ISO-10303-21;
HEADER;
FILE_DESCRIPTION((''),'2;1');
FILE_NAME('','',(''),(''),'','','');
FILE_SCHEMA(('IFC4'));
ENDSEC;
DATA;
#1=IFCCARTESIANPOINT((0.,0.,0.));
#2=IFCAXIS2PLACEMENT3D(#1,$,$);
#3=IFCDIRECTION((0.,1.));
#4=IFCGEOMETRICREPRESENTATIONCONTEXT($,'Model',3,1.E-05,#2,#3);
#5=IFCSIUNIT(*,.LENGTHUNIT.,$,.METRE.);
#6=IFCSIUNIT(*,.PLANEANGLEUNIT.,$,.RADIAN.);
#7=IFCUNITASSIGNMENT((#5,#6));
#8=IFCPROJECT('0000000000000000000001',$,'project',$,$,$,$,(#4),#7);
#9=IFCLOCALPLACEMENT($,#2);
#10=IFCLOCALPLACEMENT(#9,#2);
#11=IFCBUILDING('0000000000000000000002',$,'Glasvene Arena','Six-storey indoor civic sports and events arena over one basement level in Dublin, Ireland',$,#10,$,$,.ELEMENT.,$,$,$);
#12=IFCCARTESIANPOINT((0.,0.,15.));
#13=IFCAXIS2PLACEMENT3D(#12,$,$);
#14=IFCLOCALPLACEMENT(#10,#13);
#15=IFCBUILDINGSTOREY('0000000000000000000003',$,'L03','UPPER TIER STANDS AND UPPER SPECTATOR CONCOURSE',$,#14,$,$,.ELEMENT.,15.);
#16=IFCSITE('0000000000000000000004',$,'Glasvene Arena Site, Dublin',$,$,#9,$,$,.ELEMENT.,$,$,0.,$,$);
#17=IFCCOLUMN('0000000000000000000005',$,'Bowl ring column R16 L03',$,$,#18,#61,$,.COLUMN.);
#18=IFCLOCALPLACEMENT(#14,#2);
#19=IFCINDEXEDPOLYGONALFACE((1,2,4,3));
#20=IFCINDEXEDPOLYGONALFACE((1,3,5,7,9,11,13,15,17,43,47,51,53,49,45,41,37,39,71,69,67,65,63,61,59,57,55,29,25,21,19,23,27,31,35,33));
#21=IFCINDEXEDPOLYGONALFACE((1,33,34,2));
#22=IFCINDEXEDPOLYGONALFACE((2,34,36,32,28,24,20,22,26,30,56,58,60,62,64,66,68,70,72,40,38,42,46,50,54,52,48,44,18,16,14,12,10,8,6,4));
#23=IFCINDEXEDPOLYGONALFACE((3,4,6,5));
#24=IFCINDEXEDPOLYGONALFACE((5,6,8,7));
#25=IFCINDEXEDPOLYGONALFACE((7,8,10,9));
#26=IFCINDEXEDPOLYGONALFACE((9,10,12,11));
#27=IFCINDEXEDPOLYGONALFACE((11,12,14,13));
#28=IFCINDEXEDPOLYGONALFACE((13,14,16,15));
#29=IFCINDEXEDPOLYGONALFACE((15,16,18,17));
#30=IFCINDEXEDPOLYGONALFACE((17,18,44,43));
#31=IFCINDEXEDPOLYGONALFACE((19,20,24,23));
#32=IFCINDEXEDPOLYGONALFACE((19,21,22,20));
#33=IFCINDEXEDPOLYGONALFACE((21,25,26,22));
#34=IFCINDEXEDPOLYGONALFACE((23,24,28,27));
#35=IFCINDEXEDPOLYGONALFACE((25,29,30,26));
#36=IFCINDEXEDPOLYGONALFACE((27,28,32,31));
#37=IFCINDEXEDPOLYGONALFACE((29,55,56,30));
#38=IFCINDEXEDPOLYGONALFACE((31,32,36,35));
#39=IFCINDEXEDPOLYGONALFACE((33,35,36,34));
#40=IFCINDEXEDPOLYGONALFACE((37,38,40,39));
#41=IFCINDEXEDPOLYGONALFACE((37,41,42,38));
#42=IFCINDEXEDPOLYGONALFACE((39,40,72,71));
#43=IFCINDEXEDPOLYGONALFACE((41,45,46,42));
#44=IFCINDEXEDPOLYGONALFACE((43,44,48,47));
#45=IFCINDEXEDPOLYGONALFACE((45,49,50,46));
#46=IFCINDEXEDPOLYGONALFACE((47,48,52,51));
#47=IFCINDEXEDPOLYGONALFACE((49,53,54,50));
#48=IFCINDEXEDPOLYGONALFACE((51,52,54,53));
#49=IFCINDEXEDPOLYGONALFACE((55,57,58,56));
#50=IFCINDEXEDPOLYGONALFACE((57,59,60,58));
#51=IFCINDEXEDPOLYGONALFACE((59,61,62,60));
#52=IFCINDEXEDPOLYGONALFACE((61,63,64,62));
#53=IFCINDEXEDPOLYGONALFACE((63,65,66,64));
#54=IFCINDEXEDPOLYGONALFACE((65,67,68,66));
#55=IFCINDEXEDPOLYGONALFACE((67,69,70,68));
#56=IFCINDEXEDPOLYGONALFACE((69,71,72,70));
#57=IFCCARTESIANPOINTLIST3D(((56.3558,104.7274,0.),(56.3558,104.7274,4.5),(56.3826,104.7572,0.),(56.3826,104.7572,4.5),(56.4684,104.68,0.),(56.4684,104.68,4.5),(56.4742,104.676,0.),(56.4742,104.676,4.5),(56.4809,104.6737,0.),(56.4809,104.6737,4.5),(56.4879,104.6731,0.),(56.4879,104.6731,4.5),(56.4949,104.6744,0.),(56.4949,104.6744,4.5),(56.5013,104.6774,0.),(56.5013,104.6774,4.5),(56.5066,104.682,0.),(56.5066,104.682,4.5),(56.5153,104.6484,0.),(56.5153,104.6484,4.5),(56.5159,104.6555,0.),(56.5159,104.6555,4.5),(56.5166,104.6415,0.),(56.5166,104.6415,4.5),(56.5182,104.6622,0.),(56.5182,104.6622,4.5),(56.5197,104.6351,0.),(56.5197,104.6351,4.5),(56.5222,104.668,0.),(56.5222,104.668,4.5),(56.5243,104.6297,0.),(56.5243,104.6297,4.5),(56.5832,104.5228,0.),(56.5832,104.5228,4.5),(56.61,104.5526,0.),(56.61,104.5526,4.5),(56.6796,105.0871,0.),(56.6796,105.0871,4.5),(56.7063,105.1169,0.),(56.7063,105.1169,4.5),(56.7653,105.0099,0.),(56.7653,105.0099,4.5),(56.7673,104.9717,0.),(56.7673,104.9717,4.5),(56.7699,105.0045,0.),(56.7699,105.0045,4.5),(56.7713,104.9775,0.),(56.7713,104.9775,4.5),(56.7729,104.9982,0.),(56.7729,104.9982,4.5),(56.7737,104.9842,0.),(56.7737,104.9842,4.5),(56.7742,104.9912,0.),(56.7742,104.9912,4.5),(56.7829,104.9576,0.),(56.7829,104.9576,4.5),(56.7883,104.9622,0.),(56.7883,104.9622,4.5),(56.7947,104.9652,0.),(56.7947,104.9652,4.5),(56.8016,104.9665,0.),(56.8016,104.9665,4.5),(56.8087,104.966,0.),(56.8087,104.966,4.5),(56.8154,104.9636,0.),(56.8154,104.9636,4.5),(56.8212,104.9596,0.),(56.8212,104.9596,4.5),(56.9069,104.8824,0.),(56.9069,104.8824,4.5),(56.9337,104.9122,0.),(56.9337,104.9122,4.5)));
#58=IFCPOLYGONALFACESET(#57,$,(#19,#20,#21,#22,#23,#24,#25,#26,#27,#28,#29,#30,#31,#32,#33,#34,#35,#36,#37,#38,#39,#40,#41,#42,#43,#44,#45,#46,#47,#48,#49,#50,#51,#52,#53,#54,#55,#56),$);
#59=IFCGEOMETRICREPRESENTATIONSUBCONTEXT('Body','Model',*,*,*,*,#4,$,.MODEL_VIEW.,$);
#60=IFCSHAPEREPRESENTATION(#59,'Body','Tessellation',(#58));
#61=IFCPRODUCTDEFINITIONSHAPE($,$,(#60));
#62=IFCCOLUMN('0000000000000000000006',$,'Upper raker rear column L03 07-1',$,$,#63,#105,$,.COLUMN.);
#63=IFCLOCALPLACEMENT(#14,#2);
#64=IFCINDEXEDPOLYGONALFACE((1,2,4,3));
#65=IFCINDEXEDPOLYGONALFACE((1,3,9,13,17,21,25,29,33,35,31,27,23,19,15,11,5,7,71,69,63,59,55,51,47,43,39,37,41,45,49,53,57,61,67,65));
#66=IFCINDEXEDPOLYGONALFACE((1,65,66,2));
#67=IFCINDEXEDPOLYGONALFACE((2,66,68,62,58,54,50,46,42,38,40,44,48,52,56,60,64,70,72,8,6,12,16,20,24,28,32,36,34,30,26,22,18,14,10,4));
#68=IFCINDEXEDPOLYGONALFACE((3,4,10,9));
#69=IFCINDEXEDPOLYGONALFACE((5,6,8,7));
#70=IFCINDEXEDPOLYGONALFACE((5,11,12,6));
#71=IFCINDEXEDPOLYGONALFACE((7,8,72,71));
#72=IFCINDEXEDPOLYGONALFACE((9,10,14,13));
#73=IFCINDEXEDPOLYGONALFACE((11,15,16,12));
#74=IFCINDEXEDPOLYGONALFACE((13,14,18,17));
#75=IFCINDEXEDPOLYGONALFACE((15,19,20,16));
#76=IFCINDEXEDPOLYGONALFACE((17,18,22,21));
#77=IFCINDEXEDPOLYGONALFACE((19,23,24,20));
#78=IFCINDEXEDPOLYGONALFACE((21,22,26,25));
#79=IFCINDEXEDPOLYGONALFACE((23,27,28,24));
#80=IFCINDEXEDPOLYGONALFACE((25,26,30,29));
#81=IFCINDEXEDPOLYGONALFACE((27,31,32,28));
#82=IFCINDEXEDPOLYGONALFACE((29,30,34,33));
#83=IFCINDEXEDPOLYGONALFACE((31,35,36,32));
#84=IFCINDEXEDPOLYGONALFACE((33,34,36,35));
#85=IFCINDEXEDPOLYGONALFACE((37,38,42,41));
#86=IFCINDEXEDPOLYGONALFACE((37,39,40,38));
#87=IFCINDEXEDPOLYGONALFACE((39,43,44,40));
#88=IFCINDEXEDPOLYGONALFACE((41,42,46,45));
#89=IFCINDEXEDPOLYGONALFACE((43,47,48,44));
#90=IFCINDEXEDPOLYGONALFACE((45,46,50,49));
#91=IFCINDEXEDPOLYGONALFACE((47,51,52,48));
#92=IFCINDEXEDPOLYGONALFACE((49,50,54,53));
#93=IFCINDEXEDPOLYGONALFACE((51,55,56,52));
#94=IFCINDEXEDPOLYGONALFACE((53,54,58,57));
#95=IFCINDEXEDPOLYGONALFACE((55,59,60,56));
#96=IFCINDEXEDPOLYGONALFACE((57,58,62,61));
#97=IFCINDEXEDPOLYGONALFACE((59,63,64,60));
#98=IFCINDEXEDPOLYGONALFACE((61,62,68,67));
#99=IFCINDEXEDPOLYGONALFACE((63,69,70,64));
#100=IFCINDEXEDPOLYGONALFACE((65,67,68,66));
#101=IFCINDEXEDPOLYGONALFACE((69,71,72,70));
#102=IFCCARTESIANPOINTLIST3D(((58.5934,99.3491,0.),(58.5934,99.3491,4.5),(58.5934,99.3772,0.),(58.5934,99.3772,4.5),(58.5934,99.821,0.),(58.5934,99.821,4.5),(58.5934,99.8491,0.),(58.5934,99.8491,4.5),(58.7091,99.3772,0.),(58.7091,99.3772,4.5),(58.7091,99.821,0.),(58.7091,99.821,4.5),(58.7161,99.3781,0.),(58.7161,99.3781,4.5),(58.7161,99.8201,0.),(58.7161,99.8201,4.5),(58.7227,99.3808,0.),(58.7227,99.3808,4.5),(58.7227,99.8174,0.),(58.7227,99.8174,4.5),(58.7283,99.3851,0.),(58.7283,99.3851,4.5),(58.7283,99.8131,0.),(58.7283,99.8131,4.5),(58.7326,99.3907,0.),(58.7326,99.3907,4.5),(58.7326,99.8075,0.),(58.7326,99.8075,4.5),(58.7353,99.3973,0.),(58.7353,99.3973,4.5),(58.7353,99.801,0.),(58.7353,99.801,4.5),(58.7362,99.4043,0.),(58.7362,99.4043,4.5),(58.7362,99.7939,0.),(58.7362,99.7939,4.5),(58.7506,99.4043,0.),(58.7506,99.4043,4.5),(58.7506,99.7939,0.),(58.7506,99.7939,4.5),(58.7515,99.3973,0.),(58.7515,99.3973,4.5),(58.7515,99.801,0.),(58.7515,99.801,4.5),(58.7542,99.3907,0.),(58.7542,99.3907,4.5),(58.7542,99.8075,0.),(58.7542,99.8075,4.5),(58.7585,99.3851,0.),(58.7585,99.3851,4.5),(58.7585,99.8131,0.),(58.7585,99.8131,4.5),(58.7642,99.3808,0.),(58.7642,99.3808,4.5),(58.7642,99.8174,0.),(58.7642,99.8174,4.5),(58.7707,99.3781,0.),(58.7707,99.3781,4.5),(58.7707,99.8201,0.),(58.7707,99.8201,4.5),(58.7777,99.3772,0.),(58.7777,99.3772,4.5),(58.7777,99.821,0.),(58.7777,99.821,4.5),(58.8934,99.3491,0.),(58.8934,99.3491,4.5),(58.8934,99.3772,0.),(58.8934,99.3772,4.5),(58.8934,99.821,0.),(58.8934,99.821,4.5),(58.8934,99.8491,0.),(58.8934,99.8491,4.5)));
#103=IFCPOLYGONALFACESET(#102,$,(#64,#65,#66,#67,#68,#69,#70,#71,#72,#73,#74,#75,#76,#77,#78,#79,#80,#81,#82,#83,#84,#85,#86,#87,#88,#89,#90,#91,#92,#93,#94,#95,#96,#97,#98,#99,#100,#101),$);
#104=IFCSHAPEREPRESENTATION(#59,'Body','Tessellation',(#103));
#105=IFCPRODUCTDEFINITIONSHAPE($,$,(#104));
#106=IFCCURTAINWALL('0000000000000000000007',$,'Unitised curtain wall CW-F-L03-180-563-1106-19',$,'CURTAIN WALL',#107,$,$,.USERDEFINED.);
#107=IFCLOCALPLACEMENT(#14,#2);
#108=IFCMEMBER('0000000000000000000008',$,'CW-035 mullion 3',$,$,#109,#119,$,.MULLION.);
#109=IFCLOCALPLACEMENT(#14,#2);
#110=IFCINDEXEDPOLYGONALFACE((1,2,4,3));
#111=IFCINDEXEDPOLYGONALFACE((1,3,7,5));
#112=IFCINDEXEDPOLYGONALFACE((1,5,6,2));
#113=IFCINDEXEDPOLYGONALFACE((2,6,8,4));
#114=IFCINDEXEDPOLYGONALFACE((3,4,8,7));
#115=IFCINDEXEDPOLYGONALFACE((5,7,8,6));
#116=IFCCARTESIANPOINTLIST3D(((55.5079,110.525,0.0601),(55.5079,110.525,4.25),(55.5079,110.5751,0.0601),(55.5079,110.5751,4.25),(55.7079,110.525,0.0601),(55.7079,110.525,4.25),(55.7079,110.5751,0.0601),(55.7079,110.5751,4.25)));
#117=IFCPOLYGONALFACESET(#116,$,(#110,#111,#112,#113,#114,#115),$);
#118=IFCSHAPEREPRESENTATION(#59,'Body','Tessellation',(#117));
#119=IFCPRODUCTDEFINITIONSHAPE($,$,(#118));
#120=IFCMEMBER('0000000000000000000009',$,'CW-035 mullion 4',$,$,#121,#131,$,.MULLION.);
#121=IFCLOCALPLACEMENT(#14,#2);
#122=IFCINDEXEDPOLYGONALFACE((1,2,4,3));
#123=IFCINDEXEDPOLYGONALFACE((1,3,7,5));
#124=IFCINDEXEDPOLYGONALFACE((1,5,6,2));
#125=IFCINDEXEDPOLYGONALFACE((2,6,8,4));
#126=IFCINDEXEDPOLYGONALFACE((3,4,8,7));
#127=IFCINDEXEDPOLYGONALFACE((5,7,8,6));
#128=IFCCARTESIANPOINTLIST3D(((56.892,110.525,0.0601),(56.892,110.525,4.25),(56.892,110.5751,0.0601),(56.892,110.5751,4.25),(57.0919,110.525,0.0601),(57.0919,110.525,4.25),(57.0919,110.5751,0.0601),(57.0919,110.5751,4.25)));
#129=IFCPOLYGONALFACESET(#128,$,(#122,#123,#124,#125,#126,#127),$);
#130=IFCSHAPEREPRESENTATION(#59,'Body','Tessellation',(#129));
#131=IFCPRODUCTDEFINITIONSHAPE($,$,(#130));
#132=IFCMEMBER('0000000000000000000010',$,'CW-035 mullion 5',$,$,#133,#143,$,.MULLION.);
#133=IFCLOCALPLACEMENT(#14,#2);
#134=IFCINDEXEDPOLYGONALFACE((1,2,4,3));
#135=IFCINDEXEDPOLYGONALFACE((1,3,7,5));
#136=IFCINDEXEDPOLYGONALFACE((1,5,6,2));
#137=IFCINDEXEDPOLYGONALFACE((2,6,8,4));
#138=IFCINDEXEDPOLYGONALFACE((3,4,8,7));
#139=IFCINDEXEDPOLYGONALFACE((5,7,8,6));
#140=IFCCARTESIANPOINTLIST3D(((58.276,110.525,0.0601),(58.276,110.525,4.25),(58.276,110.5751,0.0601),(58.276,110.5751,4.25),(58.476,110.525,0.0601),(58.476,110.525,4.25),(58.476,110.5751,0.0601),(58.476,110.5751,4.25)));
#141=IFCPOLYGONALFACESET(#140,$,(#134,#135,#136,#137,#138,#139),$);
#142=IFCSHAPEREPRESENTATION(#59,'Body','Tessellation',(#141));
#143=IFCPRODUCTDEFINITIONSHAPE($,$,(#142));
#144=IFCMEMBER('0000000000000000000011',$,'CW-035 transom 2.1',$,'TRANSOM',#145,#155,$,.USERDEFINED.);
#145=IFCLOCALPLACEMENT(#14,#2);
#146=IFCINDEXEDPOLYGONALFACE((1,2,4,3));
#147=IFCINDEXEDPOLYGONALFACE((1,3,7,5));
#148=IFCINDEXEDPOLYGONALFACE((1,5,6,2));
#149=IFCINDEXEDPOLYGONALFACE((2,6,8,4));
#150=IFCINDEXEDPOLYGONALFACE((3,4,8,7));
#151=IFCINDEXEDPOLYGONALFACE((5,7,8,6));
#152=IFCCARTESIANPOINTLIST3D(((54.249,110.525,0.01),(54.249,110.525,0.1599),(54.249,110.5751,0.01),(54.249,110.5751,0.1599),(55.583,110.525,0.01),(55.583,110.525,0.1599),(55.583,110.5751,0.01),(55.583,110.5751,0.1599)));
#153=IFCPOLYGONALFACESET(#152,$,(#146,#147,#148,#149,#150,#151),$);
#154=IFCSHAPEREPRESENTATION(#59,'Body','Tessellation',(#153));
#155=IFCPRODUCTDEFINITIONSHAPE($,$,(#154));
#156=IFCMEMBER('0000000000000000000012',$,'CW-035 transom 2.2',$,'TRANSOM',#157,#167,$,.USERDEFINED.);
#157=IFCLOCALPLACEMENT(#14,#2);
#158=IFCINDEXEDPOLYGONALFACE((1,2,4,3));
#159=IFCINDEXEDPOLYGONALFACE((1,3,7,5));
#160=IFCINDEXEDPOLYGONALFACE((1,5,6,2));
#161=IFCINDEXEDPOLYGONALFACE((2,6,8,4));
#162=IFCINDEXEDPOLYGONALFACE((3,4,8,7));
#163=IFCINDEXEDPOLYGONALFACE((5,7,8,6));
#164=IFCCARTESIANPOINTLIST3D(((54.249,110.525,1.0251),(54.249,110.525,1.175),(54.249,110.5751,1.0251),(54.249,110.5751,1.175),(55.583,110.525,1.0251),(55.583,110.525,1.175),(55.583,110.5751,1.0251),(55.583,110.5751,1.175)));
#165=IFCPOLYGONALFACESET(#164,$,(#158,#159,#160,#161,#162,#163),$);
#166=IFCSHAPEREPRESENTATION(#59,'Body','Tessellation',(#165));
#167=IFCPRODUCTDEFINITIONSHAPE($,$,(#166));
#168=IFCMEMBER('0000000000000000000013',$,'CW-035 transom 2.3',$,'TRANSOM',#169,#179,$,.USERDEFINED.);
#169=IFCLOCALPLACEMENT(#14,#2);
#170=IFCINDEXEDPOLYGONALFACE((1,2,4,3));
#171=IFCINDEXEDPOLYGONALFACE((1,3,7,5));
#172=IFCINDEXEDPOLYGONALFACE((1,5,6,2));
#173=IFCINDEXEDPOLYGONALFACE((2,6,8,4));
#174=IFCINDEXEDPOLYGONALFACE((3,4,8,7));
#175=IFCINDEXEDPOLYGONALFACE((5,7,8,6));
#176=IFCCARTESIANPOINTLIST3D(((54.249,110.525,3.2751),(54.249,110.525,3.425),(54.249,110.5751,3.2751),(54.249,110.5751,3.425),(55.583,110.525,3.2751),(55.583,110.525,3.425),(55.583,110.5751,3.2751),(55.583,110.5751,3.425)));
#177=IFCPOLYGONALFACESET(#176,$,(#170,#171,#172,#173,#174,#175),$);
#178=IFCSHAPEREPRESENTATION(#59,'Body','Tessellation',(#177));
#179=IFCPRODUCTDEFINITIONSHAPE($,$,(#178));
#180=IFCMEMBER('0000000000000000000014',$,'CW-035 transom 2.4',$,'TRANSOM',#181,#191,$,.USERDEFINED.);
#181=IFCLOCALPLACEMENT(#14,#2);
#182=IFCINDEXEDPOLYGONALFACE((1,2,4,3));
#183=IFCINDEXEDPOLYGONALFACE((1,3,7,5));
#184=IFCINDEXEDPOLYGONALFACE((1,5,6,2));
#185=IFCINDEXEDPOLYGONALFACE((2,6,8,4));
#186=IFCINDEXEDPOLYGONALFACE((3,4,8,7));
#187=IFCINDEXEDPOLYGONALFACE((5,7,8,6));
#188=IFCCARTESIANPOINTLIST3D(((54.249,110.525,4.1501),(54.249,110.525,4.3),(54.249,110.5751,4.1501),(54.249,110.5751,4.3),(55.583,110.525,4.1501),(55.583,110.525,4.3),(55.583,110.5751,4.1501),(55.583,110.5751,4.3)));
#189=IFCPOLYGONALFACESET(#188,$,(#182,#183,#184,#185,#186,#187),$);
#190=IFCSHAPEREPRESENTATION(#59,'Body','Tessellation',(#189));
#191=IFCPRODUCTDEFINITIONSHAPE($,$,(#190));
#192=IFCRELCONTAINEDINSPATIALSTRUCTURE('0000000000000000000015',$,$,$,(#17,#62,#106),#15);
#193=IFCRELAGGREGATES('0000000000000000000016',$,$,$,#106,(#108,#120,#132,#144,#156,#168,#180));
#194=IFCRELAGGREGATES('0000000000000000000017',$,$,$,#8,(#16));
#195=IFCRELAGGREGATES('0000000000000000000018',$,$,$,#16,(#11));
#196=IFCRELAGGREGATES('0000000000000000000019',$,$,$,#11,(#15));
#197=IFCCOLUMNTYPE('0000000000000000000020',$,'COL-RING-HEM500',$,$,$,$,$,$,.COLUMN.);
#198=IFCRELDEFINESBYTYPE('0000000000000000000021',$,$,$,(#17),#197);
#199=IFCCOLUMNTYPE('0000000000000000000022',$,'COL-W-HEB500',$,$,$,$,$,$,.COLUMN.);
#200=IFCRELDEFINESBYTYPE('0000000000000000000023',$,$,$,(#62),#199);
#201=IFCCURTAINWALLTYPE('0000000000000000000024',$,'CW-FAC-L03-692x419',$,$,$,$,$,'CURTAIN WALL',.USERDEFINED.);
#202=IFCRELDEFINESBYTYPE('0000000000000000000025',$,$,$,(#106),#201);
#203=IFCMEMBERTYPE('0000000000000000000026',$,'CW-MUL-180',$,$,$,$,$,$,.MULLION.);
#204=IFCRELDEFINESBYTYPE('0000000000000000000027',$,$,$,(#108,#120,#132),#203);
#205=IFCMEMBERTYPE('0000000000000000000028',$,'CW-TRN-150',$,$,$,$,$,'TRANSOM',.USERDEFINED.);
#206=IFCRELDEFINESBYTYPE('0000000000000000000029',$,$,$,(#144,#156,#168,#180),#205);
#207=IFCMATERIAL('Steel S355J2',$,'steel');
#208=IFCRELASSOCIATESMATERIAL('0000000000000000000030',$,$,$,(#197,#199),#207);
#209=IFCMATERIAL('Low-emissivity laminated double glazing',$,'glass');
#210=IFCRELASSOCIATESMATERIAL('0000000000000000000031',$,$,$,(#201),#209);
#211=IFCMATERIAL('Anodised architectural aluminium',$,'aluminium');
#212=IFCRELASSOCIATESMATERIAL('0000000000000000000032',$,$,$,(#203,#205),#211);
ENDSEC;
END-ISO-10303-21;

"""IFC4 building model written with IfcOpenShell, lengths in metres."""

from ifc_helpers import new_model, si_unit, direction, frame, origin, origin_2d, place, context, subcontext, project, spatial, rectangle, i_section, extrude, material, material_profile, profile_set, type_object, element, aggregate, save


model = new_model("IFC4")

# Units and contexts
model_context = context("Model", 3, precision=1e-05, world=origin(), true_north=direction((0.0, 1.0)))
body_context = subcontext(model_context, "Body", "Model", "MODEL_VIEW")
ifc_project = project(units=[si_unit("LENGTHUNIT", "METRE"), si_unit("PLANEANGLEUNIT", "RADIAN")], contexts=[model_context])

# Site, building, storey
site_placement = place(None, origin())
site = spatial("IfcSite", under=ifc_project, at=site_placement, Name="Glasvene Arena Site, Dublin", CompositionType="ELEMENT", RefElevation=0.0)
building_placement = place(site_placement, origin())
building = spatial("IfcBuilding", under=site, at=building_placement, Name="Glasvene Arena", Description="Six-storey indoor civic sports and events arena over one basement level in Dublin, Ireland", CompositionType="ELEMENT")
storey_placement = place(building_placement, frame((0.0, 0.0, 15.0)))
storey = spatial("IfcBuildingStorey", under=building, at=storey_placement, Name="L03", Description="UPPER TIER STANDS AND UPPER SPECTATOR CONCOURSE", CompositionType="ELEMENT", Elevation=15.0)

# Columns
ifc_material_1 = material(Name="Steel S355J2", Category="steel")
ifc_material_profile_1 = material_profile(ifc_material_1, i_section(OverallWidth=0.3059, OverallDepth=0.5239, WebThickness=0.021, FlangeThickness=0.04, FilletRadius=0.0271, at=origin_2d()), Name="HEM 500")
ifc_profile_set_1 = profile_set([ifc_material_profile_1], Name="Steel S355J2")
column_type_1 = type_object("IfcColumnType", Name="COL-RING-HEM500", PredefinedType="COLUMN", material=ifc_profile_set_1)
column_1_placement = place(storey_placement, frame((56.6448, 104.8198, 0.0), z_axis=(0.0, 0.0, 1.0), x_axis=(-0.743262, 0.669001, 0.0)))
element("IfcColumn", 1, at=column_1_placement, inside=storey, type_object=column_type_1, Name="Bowl ring column R16 L03", PredefinedType="COLUMN", context=body_context, shape_type="SweptSolid", body=[
    extrude(i_section(OverallWidth=0.3059, OverallDepth=0.5239, WebThickness=0.021, FlangeThickness=0.04, FilletRadius=0.0271, at=origin_2d()), origin(), (0.0, 0.0, 1.0), 4.5),
])
ifc_material_profile_2 = material_profile(ifc_material_1, i_section(OverallWidth=0.3, OverallDepth=0.5, WebThickness=0.0144, FlangeThickness=0.0281, FilletRadius=0.0271, at=origin_2d()), Name="HEB 500")
ifc_profile_set_2 = profile_set([ifc_material_profile_2], Name="Steel S355J2")
column_type_2 = type_object("IfcColumnType", Name="COL-W-HEB500", PredefinedType="COLUMN", material=ifc_profile_set_2)
column_2_placement = place(storey_placement, frame((58.7434, 99.5991, 0.0), z_axis=(0.0, 0.0, 1.0), x_axis=(1.0, 0.0, 0.0)))
element("IfcColumn", 2, at=column_2_placement, inside=storey, type_object=column_type_2, Name="Upper raker rear column L03 07-1", PredefinedType="COLUMN", context=body_context, shape_type="SweptSolid", body=[
    extrude(i_section(OverallWidth=0.3, OverallDepth=0.5, WebThickness=0.0144, FlangeThickness=0.0281, FilletRadius=0.0271, at=origin_2d()), origin(), (0.0, 0.0, 1.0), 4.5),
])

# Curtain wall, members
ifc_material_2 = material(Name="Low-emissivity laminated double glazing", Category="glass")
curtain_wall_type = type_object("IfcCurtainWallType", Name="CW-FAC-L03-692x419", ElementType="CURTAIN WALL", PredefinedType="USERDEFINED", material=ifc_material_2)
curtain_wall_placement = place(storey_placement, frame((52.8401, 110.55, 0.0)))
curtain_wall = element("IfcCurtainWall", 3, at=curtain_wall_placement, inside=storey, type_object=curtain_wall_type, Name="Unitised curtain wall CW-F-L03-180-563-1106-19", ObjectType="CURTAIN WALL", PredefinedType="USERDEFINED")
ifc_material_3 = material(Name="Anodised architectural aluminium", Category="aluminium")
ifc_material_profile_3 = material_profile(ifc_material_3, rectangle(XDim=0.05, YDim=0.2, at=origin_2d()), Name="ALU MULLION 50x200")
ifc_profile_set_3 = profile_set([ifc_material_profile_3], Name="Anodised architectural aluminium")
member_type_1 = type_object("IfcMemberType", Name="CW-MUL-180", PredefinedType="MULLION", material=ifc_profile_set_3)
member_1_placement = place(storey_placement, frame((55.6079, 110.55, 0.0601), z_axis=(0.0, 0.0, 1.0), x_axis=(0.0, 1.0, 0.0)))
member_1 = element("IfcMember", 4, at=member_1_placement, type_object=member_type_1, Name="CW-035 mullion 3", PredefinedType="MULLION", context=body_context, shape_type="SweptSolid", body=[
    extrude(rectangle(XDim=0.05, YDim=0.2, at=origin_2d()), origin(), (0.0, 0.0, 1.0), 4.1899),
])
member_2_placement = place(storey_placement, frame((56.9919, 110.55, 0.0601), z_axis=(0.0, 0.0, 1.0), x_axis=(0.0, 1.0, 0.0)))
member_2 = element("IfcMember", 5, at=member_2_placement, type_object=member_type_1, Name="CW-035 mullion 4", PredefinedType="MULLION", context=body_context, shape_type="SweptSolid", body=[
    extrude(rectangle(XDim=0.05, YDim=0.2, at=origin_2d()), origin(), (0.0, 0.0, 1.0), 4.1899),
])
member_3_placement = place(storey_placement, frame((58.376, 110.55, 0.0601), z_axis=(0.0, 0.0, 1.0), x_axis=(0.0, 1.0, 0.0)))
member_3 = element("IfcMember", 6, at=member_3_placement, type_object=member_type_1, Name="CW-035 mullion 5", PredefinedType="MULLION", context=body_context, shape_type="SweptSolid", body=[
    extrude(rectangle(XDim=0.05, YDim=0.2, at=origin_2d()), origin(), (0.0, 0.0, 1.0), 4.1899),
])
ifc_material_profile_4 = material_profile(ifc_material_3, rectangle(XDim=0.05, YDim=0.1499, at=origin_2d()), Name="ALU TRANSOM 50x150")
ifc_profile_set_4 = profile_set([ifc_material_profile_4], Name="Anodised architectural aluminium")
member_type_2 = type_object("IfcMemberType", Name="CW-TRN-150", ElementType="TRANSOM", PredefinedType="USERDEFINED", material=ifc_profile_set_4)
member_4_placement = place(storey_placement, frame((54.249, 110.55, 0.085), z_axis=(1.0, 0.0, 0.0), x_axis=(0.0, 1.0, 0.0)))
member_4 = element("IfcMember", 7, at=member_4_placement, type_object=member_type_2, Name="CW-035 transom 2.1", ObjectType="TRANSOM", PredefinedType="USERDEFINED", context=body_context, shape_type="SweptSolid", body=[
    extrude(rectangle(XDim=0.05, YDim=0.1499, at=origin_2d()), origin(), (0.0, 0.0, 1.0), 1.334),
])
member_5_placement = place(storey_placement, frame((54.249, 110.55, 1.1001), z_axis=(1.0, 0.0, 0.0), x_axis=(0.0, 1.0, 0.0)))
member_5 = element("IfcMember", 8, at=member_5_placement, type_object=member_type_2, Name="CW-035 transom 2.2", ObjectType="TRANSOM", PredefinedType="USERDEFINED", context=body_context, shape_type="SweptSolid", body=[
    extrude(rectangle(XDim=0.05, YDim=0.1499, at=origin_2d()), origin(), (0.0, 0.0, 1.0), 1.334),
])
member_6_placement = place(storey_placement, frame((54.249, 110.55, 3.3501), z_axis=(1.0, 0.0, 0.0), x_axis=(0.0, 1.0, 0.0)))
member_6 = element("IfcMember", 9, at=member_6_placement, type_object=member_type_2, Name="CW-035 transom 2.3", ObjectType="TRANSOM", PredefinedType="USERDEFINED", context=body_context, shape_type="SweptSolid", body=[
    extrude(rectangle(XDim=0.05, YDim=0.1499, at=origin_2d()), origin(), (0.0, 0.0, 1.0), 1.334),
])
member_7_placement = place(storey_placement, frame((54.249, 110.55, 4.2251), z_axis=(1.0, 0.0, 0.0), x_axis=(0.0, 1.0, 0.0)))
member_7 = element("IfcMember", 10, at=member_7_placement, type_object=member_type_2, Name="CW-035 transom 2.4", ObjectType="TRANSOM", PredefinedType="USERDEFINED", context=body_context, shape_type="SweptSolid", body=[
    extrude(rectangle(XDim=0.05, YDim=0.1499, at=origin_2d()), origin(), (0.0, 0.0, 1.0), 1.334),
])
aggregate(curtain_wall, [member_1, member_2, member_3, member_4, member_5, member_6, member_7])

save(model, "model.ifc")
